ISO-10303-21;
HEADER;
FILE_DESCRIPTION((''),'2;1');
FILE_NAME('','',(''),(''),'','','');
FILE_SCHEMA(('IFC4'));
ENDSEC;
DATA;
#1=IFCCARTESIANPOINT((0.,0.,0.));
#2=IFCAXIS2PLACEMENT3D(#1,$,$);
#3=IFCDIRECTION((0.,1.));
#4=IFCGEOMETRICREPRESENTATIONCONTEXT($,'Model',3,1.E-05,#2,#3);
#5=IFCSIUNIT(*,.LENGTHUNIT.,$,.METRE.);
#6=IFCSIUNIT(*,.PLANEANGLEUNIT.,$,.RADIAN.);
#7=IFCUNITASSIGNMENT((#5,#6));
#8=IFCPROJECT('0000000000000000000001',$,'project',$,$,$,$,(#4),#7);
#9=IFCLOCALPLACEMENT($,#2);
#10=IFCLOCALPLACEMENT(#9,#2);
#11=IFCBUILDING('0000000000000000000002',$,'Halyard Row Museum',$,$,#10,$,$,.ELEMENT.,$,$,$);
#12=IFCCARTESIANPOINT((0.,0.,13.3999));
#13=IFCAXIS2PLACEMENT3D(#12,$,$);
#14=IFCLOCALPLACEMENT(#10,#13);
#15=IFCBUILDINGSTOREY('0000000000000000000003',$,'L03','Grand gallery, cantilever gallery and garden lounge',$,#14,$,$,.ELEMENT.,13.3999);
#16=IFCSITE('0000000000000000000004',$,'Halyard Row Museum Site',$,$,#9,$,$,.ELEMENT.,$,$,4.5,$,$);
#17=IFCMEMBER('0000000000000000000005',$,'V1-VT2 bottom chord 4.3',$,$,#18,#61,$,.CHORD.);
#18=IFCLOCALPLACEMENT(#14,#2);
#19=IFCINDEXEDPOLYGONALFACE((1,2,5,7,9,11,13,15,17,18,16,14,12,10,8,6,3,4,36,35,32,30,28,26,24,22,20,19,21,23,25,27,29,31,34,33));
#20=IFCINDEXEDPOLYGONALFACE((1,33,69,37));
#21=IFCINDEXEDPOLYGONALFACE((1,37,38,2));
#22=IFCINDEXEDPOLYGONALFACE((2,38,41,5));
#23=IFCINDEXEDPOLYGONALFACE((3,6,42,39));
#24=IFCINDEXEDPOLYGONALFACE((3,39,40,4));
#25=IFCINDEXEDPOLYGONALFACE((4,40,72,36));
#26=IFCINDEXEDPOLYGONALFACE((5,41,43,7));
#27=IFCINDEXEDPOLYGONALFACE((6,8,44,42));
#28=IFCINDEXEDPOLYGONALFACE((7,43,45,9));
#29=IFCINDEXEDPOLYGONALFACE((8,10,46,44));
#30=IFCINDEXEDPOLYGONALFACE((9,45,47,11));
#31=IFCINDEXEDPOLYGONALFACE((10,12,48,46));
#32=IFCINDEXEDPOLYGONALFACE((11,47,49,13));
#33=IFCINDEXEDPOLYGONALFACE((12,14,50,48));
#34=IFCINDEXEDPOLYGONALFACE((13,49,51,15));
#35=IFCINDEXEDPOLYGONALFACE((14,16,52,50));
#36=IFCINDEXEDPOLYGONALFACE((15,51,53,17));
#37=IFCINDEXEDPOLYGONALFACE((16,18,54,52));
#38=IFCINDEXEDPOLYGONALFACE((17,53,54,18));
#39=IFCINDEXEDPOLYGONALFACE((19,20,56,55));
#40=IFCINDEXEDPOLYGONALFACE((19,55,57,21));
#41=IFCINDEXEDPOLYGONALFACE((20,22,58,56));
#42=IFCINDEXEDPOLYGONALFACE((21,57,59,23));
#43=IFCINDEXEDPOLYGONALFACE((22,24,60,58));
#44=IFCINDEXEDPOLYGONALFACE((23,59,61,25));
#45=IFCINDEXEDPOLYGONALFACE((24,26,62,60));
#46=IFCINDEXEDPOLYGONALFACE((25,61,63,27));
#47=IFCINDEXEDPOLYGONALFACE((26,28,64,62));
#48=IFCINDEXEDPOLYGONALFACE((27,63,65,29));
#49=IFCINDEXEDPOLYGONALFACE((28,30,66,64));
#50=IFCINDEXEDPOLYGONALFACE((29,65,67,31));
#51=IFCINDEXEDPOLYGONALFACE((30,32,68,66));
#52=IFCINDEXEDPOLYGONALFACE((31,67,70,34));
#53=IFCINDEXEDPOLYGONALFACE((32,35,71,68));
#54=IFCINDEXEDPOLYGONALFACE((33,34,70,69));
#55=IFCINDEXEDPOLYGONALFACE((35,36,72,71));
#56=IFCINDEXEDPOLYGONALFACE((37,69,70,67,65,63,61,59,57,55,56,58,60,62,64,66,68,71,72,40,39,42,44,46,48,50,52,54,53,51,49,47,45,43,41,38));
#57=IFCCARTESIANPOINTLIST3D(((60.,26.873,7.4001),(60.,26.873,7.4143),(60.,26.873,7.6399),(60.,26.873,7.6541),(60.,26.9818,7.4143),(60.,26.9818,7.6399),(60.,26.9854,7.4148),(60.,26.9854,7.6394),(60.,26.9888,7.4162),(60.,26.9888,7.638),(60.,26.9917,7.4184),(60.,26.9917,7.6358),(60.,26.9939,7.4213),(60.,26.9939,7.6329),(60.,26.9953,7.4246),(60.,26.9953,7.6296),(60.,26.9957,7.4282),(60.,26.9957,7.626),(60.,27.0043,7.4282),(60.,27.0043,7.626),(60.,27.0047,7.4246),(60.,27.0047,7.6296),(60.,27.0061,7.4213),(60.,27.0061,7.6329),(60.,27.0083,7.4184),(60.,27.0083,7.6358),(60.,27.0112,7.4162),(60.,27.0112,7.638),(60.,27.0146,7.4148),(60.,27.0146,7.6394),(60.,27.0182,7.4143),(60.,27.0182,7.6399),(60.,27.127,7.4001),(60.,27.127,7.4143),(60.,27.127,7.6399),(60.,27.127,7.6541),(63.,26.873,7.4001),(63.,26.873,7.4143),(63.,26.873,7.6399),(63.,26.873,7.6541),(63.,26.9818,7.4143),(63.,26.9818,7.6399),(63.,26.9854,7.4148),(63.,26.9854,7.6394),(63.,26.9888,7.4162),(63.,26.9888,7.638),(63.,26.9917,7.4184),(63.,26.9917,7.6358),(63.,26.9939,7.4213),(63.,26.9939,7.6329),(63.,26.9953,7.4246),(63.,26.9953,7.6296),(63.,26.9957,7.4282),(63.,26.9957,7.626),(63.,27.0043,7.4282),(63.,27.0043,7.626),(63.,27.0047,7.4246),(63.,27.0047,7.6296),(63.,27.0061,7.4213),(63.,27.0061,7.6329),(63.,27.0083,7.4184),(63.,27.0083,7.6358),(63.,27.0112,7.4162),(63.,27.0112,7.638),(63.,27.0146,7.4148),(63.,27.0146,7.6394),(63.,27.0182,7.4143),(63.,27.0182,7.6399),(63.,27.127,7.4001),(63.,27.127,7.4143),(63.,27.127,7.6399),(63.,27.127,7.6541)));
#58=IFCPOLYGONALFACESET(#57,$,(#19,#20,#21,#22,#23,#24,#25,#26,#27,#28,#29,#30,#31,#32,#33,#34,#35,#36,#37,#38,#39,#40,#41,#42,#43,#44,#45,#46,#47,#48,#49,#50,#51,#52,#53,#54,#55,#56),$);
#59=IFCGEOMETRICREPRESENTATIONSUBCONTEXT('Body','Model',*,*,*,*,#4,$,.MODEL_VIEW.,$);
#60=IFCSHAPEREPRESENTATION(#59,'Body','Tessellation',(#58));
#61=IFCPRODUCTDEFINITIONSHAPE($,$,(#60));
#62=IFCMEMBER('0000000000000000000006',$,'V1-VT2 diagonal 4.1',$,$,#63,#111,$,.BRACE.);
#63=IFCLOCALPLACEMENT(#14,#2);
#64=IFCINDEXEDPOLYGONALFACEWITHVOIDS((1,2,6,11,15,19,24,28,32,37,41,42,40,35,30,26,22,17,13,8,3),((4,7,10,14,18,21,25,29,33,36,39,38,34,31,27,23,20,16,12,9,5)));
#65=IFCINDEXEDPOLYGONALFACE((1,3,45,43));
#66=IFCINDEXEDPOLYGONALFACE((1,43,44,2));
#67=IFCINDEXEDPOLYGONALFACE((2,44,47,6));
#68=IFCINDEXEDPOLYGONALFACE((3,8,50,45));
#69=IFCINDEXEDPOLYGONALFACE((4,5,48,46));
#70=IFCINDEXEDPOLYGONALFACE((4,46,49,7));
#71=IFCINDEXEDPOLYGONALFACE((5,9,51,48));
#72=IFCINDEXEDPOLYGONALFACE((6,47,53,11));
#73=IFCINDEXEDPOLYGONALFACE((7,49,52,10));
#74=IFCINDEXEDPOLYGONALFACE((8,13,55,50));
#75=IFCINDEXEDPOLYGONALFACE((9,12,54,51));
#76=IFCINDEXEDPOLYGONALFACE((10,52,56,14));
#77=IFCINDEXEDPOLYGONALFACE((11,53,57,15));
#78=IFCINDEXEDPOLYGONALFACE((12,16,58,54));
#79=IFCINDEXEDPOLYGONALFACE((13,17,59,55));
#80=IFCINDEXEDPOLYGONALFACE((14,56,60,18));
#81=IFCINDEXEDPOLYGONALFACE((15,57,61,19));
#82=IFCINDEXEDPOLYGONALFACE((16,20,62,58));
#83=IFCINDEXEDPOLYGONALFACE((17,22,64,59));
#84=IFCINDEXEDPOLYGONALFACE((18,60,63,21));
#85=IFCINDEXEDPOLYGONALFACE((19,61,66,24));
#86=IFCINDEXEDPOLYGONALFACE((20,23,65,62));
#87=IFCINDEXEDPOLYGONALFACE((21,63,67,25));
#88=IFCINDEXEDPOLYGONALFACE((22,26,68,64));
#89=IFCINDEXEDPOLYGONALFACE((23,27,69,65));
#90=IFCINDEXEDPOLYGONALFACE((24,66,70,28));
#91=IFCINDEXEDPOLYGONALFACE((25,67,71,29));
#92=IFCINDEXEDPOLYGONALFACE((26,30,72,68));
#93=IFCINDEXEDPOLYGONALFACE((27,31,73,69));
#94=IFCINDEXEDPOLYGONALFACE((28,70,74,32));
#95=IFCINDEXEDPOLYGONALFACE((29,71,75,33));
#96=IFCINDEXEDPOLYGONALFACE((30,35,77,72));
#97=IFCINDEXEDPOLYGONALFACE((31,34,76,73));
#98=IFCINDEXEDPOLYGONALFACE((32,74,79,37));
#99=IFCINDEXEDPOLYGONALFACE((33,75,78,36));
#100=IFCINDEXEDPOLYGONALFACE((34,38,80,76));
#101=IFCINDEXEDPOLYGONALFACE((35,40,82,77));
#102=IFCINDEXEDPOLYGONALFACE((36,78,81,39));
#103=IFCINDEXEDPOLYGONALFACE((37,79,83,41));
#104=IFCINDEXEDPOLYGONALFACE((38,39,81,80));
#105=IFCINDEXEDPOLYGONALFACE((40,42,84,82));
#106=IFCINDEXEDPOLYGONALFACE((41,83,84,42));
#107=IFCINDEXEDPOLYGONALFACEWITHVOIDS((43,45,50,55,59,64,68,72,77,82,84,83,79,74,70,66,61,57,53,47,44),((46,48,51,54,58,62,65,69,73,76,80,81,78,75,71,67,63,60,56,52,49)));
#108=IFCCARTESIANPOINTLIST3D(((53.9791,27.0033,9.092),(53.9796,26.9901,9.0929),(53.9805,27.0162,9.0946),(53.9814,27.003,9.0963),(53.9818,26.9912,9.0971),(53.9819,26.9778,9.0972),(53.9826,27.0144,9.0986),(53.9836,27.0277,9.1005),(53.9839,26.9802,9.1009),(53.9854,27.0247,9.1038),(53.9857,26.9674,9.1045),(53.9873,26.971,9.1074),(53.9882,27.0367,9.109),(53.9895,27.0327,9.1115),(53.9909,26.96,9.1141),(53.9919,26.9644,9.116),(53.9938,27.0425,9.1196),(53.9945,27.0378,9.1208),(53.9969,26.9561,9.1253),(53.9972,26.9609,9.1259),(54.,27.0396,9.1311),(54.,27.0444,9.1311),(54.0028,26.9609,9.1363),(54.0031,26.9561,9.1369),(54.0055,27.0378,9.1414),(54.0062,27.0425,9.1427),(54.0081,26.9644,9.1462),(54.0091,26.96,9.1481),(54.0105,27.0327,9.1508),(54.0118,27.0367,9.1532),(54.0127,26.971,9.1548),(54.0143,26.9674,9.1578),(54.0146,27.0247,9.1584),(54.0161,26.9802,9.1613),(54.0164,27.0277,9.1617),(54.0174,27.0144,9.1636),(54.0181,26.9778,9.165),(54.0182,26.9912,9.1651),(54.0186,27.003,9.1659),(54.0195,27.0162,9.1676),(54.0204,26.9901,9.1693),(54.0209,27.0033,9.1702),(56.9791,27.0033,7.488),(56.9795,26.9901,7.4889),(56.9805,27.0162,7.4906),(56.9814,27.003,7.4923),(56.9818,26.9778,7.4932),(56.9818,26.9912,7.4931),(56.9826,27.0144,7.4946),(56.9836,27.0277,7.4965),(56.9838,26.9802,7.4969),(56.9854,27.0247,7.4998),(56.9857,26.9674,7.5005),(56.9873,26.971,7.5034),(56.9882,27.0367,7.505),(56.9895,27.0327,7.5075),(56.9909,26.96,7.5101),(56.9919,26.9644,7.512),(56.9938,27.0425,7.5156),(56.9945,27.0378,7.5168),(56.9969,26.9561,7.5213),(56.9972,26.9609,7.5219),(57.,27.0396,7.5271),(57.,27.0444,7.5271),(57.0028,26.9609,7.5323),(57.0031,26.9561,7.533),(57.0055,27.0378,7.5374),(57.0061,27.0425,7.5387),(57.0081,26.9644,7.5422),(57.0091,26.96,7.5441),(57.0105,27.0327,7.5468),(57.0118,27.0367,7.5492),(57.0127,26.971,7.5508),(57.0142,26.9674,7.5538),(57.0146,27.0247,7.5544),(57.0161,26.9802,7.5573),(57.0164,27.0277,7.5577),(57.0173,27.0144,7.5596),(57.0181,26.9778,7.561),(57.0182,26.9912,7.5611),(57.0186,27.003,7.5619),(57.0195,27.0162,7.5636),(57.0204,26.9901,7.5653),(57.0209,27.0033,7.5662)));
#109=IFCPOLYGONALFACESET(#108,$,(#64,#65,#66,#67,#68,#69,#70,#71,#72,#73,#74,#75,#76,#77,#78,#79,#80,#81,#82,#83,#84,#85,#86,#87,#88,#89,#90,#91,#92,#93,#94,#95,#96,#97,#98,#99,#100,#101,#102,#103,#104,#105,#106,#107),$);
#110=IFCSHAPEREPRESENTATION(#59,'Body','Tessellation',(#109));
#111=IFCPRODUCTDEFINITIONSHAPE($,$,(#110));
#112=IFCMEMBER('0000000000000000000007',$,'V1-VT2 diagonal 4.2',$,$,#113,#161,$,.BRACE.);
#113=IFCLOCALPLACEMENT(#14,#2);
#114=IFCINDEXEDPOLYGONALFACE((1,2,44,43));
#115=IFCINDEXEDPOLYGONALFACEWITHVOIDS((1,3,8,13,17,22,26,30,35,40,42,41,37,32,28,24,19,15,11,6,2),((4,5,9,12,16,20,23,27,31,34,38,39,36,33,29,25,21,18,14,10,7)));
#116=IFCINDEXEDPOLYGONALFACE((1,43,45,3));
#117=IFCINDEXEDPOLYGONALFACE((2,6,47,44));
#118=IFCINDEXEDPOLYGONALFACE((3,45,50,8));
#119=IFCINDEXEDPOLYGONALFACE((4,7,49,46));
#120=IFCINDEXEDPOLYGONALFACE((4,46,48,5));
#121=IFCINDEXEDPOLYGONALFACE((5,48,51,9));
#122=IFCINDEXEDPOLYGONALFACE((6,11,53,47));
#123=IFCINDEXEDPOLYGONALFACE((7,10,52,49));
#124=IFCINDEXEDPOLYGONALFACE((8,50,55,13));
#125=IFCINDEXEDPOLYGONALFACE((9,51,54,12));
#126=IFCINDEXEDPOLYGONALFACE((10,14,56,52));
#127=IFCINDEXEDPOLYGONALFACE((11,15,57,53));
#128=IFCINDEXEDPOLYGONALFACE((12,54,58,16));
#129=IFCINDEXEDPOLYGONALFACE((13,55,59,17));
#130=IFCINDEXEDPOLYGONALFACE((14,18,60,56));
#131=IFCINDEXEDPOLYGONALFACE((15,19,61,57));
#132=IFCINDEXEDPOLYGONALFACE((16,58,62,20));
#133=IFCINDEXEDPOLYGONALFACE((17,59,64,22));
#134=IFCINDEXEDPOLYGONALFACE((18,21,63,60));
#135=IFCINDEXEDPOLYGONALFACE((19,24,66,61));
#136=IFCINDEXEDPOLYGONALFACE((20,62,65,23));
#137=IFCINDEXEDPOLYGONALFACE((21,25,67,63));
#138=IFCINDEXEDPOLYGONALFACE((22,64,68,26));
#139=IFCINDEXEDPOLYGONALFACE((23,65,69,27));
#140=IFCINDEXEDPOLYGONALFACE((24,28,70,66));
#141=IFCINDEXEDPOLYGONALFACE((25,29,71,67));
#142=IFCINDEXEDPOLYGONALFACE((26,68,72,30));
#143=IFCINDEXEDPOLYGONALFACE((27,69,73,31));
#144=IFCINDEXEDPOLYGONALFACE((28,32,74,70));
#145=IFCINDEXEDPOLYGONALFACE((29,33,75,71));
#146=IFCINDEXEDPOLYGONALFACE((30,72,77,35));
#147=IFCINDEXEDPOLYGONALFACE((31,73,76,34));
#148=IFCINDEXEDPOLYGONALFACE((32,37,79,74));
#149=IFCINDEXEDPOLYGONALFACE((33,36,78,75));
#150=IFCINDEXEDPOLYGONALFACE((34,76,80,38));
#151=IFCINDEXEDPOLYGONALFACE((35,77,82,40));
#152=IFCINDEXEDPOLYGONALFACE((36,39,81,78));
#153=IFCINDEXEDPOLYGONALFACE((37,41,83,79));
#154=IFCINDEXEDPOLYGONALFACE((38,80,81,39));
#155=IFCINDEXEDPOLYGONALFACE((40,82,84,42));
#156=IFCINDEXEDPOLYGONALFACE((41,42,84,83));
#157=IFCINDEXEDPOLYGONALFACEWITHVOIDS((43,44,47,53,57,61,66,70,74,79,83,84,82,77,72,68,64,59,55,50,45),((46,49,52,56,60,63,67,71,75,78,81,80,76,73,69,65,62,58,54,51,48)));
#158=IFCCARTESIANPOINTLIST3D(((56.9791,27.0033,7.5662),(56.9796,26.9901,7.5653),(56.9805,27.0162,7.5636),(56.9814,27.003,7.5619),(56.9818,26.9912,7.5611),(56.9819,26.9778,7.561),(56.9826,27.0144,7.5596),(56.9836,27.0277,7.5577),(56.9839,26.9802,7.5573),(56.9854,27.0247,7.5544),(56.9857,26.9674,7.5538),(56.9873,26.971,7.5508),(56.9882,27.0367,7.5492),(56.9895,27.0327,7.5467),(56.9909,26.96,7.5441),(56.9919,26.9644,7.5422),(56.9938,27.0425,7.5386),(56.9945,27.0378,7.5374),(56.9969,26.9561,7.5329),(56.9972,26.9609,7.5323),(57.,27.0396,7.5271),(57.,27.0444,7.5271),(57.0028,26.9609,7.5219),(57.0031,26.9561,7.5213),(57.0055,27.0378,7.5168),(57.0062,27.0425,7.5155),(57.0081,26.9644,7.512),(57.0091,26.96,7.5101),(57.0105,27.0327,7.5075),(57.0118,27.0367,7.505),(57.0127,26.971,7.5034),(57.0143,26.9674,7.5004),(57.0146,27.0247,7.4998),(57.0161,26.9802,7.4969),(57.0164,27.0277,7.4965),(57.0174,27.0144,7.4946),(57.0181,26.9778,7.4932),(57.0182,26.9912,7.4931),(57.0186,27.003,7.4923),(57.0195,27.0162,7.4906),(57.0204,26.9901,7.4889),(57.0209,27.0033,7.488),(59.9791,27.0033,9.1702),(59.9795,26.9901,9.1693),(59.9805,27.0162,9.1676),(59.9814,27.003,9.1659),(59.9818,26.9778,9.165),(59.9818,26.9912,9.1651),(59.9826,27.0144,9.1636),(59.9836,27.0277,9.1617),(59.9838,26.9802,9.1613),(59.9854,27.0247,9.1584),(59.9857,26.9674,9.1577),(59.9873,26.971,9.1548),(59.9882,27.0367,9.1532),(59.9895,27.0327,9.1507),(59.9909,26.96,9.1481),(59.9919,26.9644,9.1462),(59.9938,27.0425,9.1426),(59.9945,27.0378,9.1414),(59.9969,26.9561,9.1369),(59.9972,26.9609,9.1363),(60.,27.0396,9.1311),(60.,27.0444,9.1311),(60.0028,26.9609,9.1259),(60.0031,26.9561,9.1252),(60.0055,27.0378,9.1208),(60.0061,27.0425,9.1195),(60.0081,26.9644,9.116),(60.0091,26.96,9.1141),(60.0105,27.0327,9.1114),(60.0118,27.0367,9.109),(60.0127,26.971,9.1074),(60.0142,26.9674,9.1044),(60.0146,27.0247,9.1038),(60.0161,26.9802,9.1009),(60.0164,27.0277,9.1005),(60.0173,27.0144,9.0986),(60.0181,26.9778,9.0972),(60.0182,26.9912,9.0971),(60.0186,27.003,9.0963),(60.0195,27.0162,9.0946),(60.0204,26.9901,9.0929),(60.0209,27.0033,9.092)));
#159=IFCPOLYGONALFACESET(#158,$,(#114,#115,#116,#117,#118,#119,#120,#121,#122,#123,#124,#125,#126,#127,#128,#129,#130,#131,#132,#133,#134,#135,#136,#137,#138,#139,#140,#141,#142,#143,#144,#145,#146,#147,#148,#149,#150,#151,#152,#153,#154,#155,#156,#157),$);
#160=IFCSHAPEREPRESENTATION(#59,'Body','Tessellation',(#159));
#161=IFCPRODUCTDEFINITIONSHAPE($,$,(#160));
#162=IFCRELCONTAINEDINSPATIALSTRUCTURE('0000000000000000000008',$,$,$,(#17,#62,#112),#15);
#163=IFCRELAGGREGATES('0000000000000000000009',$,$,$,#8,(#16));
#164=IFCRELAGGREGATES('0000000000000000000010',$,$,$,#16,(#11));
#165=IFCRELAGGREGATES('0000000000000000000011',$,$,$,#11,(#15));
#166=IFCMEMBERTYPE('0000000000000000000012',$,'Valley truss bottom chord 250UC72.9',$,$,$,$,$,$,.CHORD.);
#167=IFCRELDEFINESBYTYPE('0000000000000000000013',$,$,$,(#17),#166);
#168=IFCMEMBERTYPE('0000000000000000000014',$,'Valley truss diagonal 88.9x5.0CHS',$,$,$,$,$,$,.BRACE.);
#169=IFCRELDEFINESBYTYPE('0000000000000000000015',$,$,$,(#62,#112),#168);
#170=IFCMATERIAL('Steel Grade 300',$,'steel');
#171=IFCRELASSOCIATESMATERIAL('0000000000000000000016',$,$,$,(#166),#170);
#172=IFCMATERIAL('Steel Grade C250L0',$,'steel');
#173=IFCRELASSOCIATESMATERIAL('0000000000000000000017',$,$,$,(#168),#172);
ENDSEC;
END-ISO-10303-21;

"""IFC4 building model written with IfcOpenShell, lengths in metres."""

from ifc_helpers import new_model, si_unit, direction, frame, origin, origin_2d, place, context, subcontext, project, spatial, hollow_circle, i_section, extrude, material, material_profile, profile_set, type_object, element, save


model = new_model("IFC4")

# Units and contexts
model_context = context("Model", 3, precision=1e-05, world=origin(), true_north=direction((0.0, 1.0)))
body_context = subcontext(model_context, "Body", "Model", "MODEL_VIEW")
ifc_project = project(units=[si_unit("LENGTHUNIT", "METRE"), si_unit("PLANEANGLEUNIT", "RADIAN")], contexts=[model_context])

# Site, building, storey
site_placement = place(None, origin())
site = spatial("IfcSite", under=ifc_project, at=site_placement, Name="Halyard Row Museum Site", CompositionType="ELEMENT", RefElevation=4.5)
building_placement = place(site_placement, origin())
building = spatial("IfcBuilding", under=site, at=building_placement, Name="Halyard Row Museum", CompositionType="ELEMENT")
storey_placement = place(building_placement, frame((0.0, 0.0, 13.3999)))
storey = spatial("IfcBuildingStorey", under=building, at=storey_placement, Name="L03", Description="Grand gallery, cantilever gallery and garden lounge", CompositionType="ELEMENT", Elevation=13.3999)

# Members
ifc_material_1 = material(Name="Steel Grade 300", Category="steel")
ifc_material_profile_1 = material_profile(ifc_material_1, i_section(OverallWidth=0.2539, OverallDepth=0.2539, WebThickness=0.0085, FlangeThickness=0.0142, FilletRadius=0.0139, at=origin_2d()), Name="250UC72.9")
ifc_profile_set_1 = profile_set([ifc_material_profile_1], Name="Steel Grade 300")
member_type_1 = type_object("IfcMemberType", Name="Valley truss bottom chord 250UC72.9", PredefinedType="CHORD", material=ifc_profile_set_1)
for number, where, z_axis, x_axis, name in (
    (1, (60.0, 27.0, 7.5271), (1.0, 0.0, 0.0), (0.0, 1.0, 0.0), "V1-VT2 bottom chord 4.3"),
):
    element("IfcMember", number, at=place(storey_placement, frame(where, z_axis=z_axis, x_axis=x_axis)), inside=storey, type_object=member_type_1, Name=name, PredefinedType="CHORD", context=body_context, shape_type="SweptSolid", body=[
        extrude(i_section(OverallWidth=0.2539, OverallDepth=0.2539, WebThickness=0.0085, FlangeThickness=0.0142, FilletRadius=0.0139, at=origin_2d()), origin(), (0.0, 0.0, 1.0), 3.0),
    ])
ifc_material_2 = material(Name="Steel Grade C250L0", Category="steel")
ifc_material_profile_2 = material_profile(ifc_material_2, hollow_circle(Radius=0.0444, WallThickness=0.0049, at=origin_2d()), Name="88.9x5.0CHS")
ifc_profile_set_2 = profile_set([ifc_material_profile_2], Name="Steel Grade C250L0")
member_type_2 = type_object("IfcMemberType", Name="Valley truss diagonal 88.9x5.0CHS", PredefinedType="BRACE", material=ifc_profile_set_2)
for number, where, z_axis, x_axis, name in (
    (2, (54.0, 27.0, 9.1311), (0.881864, 0.0, -0.471504), (0.0, 1.0, 0.0), "V1-VT2 diagonal 4.1"),
    (3, (57.0, 27.0, 7.5271), (0.881864, 0.0, 0.471504), (0.0, 1.0, 0.0), "V1-VT2 diagonal 4.2"),
):
    element("IfcMember", number, at=place(storey_placement, frame(where, z_axis=z_axis, x_axis=x_axis)), inside=storey, type_object=member_type_2, Name=name, PredefinedType="BRACE", context=body_context, shape_type="SweptSolid", body=[
        extrude(hollow_circle(Radius=0.0444, WallThickness=0.0049, at=origin_2d()), origin(), (0.0, 0.0, 1.0), 3.4019),
    ])

save(model, "model.ifc")
